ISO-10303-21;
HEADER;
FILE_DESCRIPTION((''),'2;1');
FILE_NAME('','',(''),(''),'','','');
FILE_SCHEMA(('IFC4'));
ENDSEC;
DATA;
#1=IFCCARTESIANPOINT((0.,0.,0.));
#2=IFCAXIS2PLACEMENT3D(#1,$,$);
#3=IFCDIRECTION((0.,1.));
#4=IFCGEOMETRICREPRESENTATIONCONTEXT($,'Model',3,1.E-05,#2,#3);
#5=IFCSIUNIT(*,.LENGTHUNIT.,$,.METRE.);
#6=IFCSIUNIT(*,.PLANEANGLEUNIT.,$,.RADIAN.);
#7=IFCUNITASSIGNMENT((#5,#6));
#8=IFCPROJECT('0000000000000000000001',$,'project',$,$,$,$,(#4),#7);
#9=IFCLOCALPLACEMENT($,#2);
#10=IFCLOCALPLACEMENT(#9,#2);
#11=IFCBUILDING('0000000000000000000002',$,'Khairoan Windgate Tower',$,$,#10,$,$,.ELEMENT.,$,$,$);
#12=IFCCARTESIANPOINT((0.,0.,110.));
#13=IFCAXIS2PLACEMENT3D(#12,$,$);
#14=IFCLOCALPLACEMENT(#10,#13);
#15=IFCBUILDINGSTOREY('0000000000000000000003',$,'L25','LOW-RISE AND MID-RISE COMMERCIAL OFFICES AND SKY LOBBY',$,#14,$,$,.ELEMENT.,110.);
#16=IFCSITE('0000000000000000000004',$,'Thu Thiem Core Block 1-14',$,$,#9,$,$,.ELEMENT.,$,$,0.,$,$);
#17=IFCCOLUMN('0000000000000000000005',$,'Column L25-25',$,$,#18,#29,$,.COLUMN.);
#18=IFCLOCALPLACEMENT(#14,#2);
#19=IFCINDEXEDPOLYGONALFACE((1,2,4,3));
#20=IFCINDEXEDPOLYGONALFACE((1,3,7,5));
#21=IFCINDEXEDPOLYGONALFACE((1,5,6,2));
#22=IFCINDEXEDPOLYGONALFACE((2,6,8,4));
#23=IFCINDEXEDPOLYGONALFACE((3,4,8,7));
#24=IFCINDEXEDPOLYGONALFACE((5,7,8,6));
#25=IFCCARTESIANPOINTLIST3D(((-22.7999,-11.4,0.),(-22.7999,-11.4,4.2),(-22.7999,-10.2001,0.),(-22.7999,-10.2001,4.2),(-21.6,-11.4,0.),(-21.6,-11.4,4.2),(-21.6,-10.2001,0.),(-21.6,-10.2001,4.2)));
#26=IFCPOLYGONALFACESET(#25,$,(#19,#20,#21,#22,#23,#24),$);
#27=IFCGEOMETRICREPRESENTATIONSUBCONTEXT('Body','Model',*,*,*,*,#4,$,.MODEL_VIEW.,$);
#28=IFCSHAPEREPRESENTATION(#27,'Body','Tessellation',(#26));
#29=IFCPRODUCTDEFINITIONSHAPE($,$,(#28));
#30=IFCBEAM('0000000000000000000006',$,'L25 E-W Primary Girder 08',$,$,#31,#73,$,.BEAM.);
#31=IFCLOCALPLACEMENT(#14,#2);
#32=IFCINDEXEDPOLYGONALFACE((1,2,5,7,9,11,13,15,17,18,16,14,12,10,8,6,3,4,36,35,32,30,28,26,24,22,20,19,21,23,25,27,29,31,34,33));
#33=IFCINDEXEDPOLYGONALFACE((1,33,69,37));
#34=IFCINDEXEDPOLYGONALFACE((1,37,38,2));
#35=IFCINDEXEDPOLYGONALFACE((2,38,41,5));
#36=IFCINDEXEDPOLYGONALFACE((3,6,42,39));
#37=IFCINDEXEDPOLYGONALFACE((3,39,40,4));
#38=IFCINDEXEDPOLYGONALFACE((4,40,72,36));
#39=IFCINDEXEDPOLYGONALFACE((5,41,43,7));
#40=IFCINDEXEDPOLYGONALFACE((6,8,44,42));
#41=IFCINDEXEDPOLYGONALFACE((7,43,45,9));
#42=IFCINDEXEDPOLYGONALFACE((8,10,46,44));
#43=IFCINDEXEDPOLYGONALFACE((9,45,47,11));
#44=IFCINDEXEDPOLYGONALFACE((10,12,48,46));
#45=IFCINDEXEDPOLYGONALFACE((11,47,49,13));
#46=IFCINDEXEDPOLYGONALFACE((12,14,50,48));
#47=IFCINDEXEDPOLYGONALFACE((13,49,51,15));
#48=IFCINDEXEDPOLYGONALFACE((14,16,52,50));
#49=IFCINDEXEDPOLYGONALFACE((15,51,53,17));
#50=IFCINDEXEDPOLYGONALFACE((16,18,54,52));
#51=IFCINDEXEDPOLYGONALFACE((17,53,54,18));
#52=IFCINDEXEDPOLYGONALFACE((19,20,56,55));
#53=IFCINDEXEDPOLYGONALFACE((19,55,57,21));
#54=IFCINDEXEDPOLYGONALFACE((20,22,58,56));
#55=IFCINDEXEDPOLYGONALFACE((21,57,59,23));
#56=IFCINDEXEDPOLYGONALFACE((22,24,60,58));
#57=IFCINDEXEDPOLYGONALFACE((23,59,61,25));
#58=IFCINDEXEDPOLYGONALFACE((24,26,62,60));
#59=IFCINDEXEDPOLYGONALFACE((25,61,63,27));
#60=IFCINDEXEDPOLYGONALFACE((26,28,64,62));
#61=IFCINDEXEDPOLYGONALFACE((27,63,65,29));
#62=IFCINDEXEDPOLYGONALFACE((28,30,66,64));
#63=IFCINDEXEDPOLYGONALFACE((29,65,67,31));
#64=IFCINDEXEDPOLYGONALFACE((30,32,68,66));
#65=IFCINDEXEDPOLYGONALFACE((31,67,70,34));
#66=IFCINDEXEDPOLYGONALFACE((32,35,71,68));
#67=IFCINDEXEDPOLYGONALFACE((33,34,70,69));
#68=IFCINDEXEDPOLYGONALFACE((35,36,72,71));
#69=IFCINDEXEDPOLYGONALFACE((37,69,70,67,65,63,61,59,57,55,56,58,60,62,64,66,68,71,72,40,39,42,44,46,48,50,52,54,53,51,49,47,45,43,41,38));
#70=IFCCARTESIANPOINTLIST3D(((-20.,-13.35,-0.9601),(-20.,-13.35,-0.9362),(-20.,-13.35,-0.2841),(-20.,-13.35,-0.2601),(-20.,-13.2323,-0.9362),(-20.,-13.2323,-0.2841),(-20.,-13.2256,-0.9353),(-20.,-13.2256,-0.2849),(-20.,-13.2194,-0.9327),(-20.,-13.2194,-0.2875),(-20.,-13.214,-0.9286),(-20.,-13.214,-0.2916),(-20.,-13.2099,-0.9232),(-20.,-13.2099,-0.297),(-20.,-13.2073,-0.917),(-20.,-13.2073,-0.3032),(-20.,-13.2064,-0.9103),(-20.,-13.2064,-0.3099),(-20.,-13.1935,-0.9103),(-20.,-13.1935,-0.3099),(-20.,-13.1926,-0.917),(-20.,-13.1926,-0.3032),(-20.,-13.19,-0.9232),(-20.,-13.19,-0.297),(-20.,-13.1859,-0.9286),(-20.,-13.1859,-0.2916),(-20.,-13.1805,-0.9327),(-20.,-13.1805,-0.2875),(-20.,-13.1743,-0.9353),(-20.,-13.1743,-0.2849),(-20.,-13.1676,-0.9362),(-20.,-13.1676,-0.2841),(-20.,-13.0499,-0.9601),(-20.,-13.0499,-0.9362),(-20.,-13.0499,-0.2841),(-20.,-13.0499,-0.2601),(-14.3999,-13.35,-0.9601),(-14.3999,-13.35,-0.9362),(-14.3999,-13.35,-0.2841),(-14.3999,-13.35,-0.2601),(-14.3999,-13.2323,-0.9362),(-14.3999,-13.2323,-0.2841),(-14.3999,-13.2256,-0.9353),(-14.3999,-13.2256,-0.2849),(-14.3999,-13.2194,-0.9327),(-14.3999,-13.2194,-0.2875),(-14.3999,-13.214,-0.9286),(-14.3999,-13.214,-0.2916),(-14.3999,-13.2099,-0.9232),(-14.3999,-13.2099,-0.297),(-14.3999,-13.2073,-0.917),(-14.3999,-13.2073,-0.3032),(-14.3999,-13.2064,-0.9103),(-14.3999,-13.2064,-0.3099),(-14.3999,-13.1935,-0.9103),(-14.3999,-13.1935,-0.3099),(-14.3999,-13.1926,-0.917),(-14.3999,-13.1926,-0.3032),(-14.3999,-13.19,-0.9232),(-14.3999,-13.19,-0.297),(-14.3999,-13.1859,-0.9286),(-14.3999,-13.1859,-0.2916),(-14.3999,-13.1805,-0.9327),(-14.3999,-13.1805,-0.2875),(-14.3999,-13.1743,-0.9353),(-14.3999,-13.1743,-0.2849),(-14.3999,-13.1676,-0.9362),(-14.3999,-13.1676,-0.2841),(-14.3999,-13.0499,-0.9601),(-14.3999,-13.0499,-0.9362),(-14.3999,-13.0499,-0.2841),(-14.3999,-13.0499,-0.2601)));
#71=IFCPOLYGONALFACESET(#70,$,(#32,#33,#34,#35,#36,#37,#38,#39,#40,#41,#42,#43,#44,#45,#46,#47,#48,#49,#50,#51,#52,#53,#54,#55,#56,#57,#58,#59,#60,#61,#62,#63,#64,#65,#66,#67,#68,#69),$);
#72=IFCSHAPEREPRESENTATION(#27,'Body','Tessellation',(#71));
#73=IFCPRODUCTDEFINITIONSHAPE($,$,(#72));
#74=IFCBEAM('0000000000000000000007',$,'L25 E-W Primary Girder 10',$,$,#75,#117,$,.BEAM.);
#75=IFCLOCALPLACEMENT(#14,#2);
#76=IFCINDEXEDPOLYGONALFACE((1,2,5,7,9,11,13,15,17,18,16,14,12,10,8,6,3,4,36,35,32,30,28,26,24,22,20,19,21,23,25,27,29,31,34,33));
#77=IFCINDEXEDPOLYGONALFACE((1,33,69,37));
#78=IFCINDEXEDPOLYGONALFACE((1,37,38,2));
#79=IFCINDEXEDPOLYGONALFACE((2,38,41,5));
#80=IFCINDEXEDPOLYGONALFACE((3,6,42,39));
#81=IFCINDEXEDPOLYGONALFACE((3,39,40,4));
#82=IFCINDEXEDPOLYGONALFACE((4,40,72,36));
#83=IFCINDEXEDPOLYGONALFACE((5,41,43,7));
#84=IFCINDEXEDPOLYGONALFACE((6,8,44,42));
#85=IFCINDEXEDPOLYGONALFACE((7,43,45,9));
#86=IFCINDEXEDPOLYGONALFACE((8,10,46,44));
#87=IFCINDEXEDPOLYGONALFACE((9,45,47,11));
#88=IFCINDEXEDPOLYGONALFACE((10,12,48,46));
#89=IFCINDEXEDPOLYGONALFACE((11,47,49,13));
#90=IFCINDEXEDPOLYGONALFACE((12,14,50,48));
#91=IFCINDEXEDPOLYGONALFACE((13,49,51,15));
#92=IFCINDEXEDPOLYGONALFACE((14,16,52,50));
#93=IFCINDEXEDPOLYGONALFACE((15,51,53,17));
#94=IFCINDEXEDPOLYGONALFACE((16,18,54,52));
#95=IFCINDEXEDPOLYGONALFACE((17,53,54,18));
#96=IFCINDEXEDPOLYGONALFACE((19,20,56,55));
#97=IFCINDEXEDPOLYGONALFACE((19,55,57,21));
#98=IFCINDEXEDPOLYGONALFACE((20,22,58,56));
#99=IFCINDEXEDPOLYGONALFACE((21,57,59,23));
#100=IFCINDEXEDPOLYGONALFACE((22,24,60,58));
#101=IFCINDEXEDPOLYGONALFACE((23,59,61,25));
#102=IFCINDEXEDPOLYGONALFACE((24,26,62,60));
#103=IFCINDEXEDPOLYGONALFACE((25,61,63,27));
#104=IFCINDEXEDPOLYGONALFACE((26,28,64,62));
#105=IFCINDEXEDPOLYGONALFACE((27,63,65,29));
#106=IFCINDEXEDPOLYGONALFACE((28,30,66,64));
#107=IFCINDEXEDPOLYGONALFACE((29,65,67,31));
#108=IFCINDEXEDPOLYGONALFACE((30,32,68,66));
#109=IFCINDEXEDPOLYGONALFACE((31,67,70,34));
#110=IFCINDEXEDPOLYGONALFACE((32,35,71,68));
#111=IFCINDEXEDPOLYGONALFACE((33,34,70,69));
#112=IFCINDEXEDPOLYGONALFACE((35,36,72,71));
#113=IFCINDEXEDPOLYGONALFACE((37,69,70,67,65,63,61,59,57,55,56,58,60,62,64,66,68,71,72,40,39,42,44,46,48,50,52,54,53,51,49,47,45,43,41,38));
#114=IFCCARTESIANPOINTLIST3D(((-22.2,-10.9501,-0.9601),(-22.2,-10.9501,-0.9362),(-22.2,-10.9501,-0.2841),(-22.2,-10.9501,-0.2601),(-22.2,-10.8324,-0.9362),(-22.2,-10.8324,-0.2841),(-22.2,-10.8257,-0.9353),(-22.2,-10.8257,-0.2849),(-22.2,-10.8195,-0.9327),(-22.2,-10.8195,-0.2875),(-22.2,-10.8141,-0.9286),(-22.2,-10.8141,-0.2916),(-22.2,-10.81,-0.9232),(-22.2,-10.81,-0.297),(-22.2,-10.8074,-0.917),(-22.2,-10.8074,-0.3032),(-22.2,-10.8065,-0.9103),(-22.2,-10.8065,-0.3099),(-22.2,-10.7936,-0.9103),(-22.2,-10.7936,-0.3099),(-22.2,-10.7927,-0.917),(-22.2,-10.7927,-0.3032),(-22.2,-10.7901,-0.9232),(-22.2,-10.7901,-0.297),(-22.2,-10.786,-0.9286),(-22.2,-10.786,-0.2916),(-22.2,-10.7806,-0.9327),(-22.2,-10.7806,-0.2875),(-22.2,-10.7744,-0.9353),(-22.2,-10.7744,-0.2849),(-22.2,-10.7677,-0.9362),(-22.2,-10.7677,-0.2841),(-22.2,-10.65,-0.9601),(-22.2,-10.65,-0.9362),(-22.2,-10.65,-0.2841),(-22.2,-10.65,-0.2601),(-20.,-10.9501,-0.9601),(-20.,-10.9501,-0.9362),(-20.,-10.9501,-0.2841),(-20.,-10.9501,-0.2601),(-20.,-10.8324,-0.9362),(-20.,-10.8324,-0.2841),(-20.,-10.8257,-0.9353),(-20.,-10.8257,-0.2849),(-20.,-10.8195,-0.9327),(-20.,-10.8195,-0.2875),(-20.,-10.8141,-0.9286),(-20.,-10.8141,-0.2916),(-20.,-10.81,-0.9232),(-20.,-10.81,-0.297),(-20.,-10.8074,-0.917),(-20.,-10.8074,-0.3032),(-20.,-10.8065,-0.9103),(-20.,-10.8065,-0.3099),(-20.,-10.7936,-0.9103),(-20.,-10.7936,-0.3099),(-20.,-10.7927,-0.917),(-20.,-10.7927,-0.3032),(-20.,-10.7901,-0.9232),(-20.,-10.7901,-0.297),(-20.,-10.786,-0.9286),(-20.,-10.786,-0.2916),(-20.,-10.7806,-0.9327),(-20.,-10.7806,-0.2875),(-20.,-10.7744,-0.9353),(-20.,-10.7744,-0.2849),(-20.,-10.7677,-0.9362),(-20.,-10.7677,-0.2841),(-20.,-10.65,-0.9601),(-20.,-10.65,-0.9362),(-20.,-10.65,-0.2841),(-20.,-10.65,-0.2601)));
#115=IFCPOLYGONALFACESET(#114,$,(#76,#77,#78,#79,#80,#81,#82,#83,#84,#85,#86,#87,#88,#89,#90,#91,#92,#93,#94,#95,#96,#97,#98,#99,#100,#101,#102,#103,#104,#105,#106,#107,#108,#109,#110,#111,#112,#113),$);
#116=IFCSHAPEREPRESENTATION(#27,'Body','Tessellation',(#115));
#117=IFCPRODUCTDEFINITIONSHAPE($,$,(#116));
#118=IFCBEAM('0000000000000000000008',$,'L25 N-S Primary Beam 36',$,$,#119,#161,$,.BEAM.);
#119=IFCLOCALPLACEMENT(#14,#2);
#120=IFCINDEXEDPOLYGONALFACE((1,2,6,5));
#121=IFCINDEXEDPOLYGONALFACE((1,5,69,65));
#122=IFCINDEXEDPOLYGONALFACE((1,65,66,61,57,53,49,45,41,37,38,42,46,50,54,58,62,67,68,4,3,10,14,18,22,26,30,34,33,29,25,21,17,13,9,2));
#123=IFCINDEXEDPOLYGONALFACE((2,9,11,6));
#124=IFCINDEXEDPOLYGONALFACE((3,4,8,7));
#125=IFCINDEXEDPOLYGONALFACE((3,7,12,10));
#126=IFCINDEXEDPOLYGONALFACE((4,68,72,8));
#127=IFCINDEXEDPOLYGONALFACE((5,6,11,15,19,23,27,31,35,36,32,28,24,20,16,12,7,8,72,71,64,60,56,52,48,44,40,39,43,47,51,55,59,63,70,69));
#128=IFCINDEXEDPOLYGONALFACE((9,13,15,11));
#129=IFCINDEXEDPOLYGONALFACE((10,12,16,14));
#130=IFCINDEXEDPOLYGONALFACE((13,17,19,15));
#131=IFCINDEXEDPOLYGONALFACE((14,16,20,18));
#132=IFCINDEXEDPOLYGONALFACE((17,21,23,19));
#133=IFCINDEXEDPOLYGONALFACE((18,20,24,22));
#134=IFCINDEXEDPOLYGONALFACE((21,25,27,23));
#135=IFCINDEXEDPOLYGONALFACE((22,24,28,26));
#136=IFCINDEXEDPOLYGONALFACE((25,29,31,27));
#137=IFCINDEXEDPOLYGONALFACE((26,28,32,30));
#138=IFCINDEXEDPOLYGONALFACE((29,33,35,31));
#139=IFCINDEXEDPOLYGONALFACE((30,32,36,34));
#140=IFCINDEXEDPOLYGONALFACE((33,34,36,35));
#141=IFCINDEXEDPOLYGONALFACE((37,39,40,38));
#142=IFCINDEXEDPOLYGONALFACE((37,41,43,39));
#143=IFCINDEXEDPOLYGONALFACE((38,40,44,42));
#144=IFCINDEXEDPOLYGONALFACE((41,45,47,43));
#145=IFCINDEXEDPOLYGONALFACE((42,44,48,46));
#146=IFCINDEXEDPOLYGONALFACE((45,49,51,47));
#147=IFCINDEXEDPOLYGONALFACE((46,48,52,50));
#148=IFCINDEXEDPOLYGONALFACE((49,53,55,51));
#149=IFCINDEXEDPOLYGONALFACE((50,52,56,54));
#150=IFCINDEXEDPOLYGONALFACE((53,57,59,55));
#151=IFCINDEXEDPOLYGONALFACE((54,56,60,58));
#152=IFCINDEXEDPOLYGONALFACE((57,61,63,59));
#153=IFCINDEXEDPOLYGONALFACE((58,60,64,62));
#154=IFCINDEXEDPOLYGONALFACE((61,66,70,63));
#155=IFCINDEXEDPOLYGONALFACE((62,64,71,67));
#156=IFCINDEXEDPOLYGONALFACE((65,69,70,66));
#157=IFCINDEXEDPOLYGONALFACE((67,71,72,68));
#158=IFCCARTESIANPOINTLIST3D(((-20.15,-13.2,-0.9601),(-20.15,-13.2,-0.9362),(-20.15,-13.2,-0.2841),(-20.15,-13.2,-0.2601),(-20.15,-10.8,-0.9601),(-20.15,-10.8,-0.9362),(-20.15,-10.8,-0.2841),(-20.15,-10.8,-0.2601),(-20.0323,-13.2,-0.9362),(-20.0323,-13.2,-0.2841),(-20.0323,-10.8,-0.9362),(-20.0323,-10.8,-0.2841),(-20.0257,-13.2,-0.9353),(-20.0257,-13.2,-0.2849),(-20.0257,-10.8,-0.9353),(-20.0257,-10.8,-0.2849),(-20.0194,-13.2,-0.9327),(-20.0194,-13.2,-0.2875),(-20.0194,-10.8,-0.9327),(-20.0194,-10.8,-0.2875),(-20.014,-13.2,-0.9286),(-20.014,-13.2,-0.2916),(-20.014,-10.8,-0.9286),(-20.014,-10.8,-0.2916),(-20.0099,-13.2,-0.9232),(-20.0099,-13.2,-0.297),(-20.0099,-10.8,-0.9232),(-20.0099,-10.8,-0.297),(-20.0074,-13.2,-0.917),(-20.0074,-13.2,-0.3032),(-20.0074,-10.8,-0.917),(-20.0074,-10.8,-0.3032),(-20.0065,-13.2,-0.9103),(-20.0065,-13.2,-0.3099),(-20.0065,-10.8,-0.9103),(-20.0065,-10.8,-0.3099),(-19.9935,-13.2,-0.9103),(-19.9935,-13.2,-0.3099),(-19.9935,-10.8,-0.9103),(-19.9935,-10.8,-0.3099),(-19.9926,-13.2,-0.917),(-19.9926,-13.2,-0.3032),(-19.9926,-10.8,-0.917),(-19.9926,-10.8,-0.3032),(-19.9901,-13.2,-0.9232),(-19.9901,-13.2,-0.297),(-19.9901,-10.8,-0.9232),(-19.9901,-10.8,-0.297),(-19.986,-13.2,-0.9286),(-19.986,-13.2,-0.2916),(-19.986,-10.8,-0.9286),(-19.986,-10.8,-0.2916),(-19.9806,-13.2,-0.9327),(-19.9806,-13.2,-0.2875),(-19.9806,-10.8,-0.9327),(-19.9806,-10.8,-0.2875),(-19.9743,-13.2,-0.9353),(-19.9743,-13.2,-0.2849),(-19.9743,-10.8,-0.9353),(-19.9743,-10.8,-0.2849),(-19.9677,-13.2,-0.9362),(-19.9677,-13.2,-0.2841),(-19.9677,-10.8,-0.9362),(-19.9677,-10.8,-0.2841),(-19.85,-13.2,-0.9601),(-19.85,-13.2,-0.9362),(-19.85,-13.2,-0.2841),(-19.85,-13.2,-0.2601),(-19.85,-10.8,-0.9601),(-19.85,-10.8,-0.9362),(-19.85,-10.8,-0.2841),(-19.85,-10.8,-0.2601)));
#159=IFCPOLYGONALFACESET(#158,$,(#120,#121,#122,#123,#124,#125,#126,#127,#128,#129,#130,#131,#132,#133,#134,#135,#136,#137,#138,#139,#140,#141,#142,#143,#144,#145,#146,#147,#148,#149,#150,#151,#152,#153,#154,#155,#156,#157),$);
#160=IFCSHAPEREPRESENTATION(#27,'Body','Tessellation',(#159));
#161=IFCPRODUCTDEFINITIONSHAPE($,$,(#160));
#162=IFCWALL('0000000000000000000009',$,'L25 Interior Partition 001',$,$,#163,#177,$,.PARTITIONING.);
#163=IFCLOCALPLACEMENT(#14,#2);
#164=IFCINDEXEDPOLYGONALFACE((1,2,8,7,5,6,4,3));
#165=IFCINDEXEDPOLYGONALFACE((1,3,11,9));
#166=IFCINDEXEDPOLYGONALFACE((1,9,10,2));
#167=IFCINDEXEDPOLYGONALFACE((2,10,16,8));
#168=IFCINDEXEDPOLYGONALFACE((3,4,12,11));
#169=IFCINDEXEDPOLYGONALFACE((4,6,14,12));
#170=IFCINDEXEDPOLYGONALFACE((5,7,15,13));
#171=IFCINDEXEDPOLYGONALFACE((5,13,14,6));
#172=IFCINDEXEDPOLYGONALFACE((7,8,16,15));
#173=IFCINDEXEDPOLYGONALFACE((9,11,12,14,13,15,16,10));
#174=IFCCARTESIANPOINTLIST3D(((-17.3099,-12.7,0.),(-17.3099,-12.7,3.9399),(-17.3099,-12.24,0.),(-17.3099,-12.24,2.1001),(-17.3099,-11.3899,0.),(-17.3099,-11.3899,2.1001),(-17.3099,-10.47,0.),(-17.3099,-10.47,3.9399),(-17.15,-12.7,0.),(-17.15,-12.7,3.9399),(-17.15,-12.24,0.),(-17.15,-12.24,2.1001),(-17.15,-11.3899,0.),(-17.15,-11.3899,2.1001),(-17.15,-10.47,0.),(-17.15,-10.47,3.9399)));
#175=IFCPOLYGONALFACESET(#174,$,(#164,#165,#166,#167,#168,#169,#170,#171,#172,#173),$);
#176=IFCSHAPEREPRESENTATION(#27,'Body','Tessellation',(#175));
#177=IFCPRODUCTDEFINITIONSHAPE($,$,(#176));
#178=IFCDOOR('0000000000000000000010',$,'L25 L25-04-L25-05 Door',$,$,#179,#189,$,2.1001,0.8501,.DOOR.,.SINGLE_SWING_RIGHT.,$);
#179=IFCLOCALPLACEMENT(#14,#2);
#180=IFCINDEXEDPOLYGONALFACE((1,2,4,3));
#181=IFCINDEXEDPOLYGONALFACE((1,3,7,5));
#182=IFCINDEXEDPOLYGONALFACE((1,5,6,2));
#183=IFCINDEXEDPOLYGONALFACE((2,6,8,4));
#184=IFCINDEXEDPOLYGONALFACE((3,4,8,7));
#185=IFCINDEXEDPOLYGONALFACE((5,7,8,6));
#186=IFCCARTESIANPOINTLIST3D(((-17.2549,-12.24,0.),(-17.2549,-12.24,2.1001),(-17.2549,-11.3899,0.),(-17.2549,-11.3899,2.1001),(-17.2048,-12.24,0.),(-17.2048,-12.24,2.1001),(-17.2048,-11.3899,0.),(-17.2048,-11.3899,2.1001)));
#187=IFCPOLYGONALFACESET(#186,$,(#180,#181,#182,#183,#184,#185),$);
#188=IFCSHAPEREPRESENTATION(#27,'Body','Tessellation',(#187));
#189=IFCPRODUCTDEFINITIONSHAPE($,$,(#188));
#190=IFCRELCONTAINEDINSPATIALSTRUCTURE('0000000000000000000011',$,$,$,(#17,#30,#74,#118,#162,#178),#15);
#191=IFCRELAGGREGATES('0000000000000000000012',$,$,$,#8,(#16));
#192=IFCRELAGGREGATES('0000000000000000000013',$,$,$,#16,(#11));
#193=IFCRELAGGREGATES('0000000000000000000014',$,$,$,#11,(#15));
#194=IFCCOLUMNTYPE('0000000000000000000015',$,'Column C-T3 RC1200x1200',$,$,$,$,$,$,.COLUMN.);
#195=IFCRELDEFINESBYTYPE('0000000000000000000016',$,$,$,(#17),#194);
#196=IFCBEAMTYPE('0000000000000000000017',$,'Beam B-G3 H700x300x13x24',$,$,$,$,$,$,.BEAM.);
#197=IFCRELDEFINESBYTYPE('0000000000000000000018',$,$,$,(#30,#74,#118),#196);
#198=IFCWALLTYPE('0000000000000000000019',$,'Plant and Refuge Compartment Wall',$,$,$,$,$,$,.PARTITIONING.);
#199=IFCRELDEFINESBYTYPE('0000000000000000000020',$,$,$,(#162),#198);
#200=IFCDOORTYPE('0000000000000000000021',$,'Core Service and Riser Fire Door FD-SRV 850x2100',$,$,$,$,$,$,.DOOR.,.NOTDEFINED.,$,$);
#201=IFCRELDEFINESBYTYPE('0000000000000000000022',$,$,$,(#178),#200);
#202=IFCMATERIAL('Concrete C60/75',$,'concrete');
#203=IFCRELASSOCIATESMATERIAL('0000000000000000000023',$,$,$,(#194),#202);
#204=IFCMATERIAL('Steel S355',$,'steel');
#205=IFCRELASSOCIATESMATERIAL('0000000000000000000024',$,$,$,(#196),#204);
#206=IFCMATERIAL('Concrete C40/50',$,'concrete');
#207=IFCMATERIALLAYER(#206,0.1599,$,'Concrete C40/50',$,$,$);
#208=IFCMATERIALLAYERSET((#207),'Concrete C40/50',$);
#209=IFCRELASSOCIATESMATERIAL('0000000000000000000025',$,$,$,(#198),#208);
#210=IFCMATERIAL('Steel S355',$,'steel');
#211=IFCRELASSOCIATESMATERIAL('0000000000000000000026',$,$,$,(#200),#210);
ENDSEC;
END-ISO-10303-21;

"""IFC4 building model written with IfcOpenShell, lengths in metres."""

from ifc_helpers import new_model, si_unit, direction, frame, frame_2d, origin, origin_2d, place, context, subcontext, project, spatial, rectangle, i_section, extrude, material, layer, layer_set, material_profile, profile_set, type_object, element, fill, save


model = new_model("IFC4")

# Units and contexts
model_context = context("Model", 3, precision=1e-05, world=origin(), true_north=direction((0.0, 1.0)))
body_context = subcontext(model_context, "Body", "Model", "MODEL_VIEW")
ifc_project = project(units=[si_unit("LENGTHUNIT", "METRE"), si_unit("PLANEANGLEUNIT", "RADIAN")], contexts=[model_context])

# Site, building, storey
site_placement = place(None, origin())
site = spatial("IfcSite", under=ifc_project, at=site_placement, Name="Thu Thiem Core Block 1-14", CompositionType="ELEMENT", RefElevation=0.0)
building_placement = place(site_placement, origin())
building = spatial("IfcBuilding", under=site, at=building_placement, Name="Khairoan Windgate Tower", CompositionType="ELEMENT")
storey_placement = place(building_placement, frame((0.0, 0.0, 110.0)))
storey = spatial("IfcBuildingStorey", under=building, at=storey_placement, Name="L25", Description="LOW-RISE AND MID-RISE COMMERCIAL OFFICES AND SKY LOBBY", CompositionType="ELEMENT", Elevation=110.0)

# Column
ifc_material_1 = material(Name="Concrete C60/75", Category="concrete")
ifc_material_profile_1 = material_profile(ifc_material_1, rectangle(XDim=1.2, YDim=1.2, at=origin_2d()))
ifc_profile_set_1 = profile_set([ifc_material_profile_1], Name="Concrete C60/75")
column_type = type_object("IfcColumnType", Name="Column C-T3 RC1200x1200", PredefinedType="COLUMN", material=ifc_profile_set_1)
column_placement = place(storey_placement, frame((-22.2, -10.8, 0.0), z_axis=(0.0, 0.0, 1.0), x_axis=(1.0, 0.0, 0.0)))
element("IfcColumn", 1, at=column_placement, inside=storey, type_object=column_type, Name="Column L25-25", PredefinedType="COLUMN", context=body_context, shape_type="SweptSolid", body=[
    extrude(rectangle(XDim=1.2, YDim=1.2, at=origin_2d()), origin(), (0.0, 0.0, 1.0), 4.2),
])

# Beams
ifc_material_2 = material(Name="Steel S355", Category="steel")
ifc_material_profile_2 = material_profile(ifc_material_2, i_section(OverallWidth=0.3, OverallDepth=0.7, WebThickness=0.0129, FlangeThickness=0.0239, FilletRadius=0.0259, at=origin_2d()))
ifc_profile_set_2 = profile_set([ifc_material_profile_2], Name="Steel S355")
beam_type = type_object("IfcBeamType", Name="Beam B-G3 H700x300x13x24", PredefinedType="BEAM", material=ifc_profile_set_2)
beam_1_placement = place(storey_placement, frame((-20.0, -13.2, -0.6101), z_axis=(1.0, 0.0, 0.0), x_axis=(0.0, 1.0, 0.0)))
element("IfcBeam", 2, at=beam_1_placement, inside=storey, type_object=beam_type, Name="L25 E-W Primary Girder 08", PredefinedType="BEAM", context=body_context, shape_type="SweptSolid", body=[
    extrude(i_section(OverallWidth=0.3, OverallDepth=0.7, WebThickness=0.0129, FlangeThickness=0.0239, FilletRadius=0.0259, at=origin_2d()), origin(), (0.0, 0.0, 1.0), 5.6001),
])
beam_2_placement = place(storey_placement, frame((-22.2, -10.8, -0.6101), z_axis=(1.0, 0.0, 0.0), x_axis=(0.0, 1.0, 0.0)))
element("IfcBeam", 3, at=beam_2_placement, inside=storey, type_object=beam_type, Name="L25 E-W Primary Girder 10", PredefinedType="BEAM", context=body_context, shape_type="SweptSolid", body=[
    extrude(i_section(OverallWidth=0.3, OverallDepth=0.7, WebThickness=0.0129, FlangeThickness=0.0239, FilletRadius=0.0259, at=origin_2d()), origin(), (0.0, 0.0, 1.0), 2.2),
])
beam_3_placement = place(storey_placement, frame((-20.0, -13.2, -0.6101), z_axis=(0.0, 1.0, 0.0), x_axis=(-1.0, 0.0, 0.0)))
element("IfcBeam", 4, at=beam_3_placement, inside=storey, type_object=beam_type, Name="L25 N-S Primary Beam 36", PredefinedType="BEAM", context=body_context, shape_type="SweptSolid", body=[
    extrude(i_section(OverallWidth=0.3, OverallDepth=0.7, WebThickness=0.0129, FlangeThickness=0.0239, FilletRadius=0.0259, at=origin_2d()), origin(), (0.0, 0.0, 1.0), 2.3999),
])

# Wall, opening, door
ifc_material_3 = material(Name="Concrete C40/50", Category="concrete")
ifc_layer_1 = layer(ifc_material_3, 0.1599, Name="Concrete C40/50")
ifc_layer_set_1 = layer_set([ifc_layer_1], Name="Concrete C40/50")
wall_type_1 = type_object("IfcWallType", Name="Plant and Refuge Compartment Wall", PredefinedType="PARTITIONING", material=ifc_layer_set_1)
wall_1_placement = place(storey_placement, frame((-17.23, -12.7, 0.0), z_axis=(0.0, 0.0, 1.0), x_axis=(0.0, 1.0, 0.0)))
wall_1 = element("IfcWall", 5, at=wall_1_placement, inside=storey, type_object=wall_type_1, Name="L25 Interior Partition 001", PredefinedType="PARTITIONING", context=body_context, shape_type="SweptSolid", body=[
    extrude(rectangle(XDim=2.23, YDim=0.1599, at=frame_2d((1.115, 0.0))), origin(), (0.0, 0.0, 1.0), 3.9399),
])
opening_1_placement = place(wall_1_placement, frame((0.46, 0.0, 0.0)))
opening_1 = element("IfcOpeningElement", 6, at=opening_1_placement, cuts=wall_1, PredefinedType="OPENING", context=body_context, shape_type="SweptSolid", body=[
    extrude(rectangle(XDim=0.8501, YDim=2.1001, at=frame_2d((0.425, 1.05))), frame((0.0, 0.0898, 0.0), z_axis=(0.0, -1.0, 0.0), x_axis=(1.0, 0.0, 0.0)), (0.0, 0.0, 1.0), 0.1799),
])
ifc_material_4 = material(Name="Steel S355", Category="steel")
door_type_1 = type_object("IfcDoorType", Name="Core Service and Riser Fire Door FD-SRV 850x2100", OperationType="NOTDEFINED", PredefinedType="DOOR", material=ifc_material_4)
door_1_placement = place(opening_1_placement, origin())
door_1 = element("IfcDoor", 7, at=door_1_placement, inside=storey, type_object=door_type_1, Name="L25 L25-04-L25-05 Door", OperationType="SINGLE_SWING_RIGHT", OverallHeight=2.1001, OverallWidth=0.8501, PredefinedType="DOOR", context=body_context, shape_type="SweptSolid", body=[
    extrude(rectangle(XDim=0.8501, YDim=2.1001, at=frame_2d((0.425, 1.05))), frame((0.0, 0.0249, 0.0), z_axis=(0.0, -1.0, 0.0), x_axis=(1.0, 0.0, 0.0)), (0.0, 0.0, 1.0), 0.05),
])
fill(opening_1, door_1)

save(model, "model.ifc")
